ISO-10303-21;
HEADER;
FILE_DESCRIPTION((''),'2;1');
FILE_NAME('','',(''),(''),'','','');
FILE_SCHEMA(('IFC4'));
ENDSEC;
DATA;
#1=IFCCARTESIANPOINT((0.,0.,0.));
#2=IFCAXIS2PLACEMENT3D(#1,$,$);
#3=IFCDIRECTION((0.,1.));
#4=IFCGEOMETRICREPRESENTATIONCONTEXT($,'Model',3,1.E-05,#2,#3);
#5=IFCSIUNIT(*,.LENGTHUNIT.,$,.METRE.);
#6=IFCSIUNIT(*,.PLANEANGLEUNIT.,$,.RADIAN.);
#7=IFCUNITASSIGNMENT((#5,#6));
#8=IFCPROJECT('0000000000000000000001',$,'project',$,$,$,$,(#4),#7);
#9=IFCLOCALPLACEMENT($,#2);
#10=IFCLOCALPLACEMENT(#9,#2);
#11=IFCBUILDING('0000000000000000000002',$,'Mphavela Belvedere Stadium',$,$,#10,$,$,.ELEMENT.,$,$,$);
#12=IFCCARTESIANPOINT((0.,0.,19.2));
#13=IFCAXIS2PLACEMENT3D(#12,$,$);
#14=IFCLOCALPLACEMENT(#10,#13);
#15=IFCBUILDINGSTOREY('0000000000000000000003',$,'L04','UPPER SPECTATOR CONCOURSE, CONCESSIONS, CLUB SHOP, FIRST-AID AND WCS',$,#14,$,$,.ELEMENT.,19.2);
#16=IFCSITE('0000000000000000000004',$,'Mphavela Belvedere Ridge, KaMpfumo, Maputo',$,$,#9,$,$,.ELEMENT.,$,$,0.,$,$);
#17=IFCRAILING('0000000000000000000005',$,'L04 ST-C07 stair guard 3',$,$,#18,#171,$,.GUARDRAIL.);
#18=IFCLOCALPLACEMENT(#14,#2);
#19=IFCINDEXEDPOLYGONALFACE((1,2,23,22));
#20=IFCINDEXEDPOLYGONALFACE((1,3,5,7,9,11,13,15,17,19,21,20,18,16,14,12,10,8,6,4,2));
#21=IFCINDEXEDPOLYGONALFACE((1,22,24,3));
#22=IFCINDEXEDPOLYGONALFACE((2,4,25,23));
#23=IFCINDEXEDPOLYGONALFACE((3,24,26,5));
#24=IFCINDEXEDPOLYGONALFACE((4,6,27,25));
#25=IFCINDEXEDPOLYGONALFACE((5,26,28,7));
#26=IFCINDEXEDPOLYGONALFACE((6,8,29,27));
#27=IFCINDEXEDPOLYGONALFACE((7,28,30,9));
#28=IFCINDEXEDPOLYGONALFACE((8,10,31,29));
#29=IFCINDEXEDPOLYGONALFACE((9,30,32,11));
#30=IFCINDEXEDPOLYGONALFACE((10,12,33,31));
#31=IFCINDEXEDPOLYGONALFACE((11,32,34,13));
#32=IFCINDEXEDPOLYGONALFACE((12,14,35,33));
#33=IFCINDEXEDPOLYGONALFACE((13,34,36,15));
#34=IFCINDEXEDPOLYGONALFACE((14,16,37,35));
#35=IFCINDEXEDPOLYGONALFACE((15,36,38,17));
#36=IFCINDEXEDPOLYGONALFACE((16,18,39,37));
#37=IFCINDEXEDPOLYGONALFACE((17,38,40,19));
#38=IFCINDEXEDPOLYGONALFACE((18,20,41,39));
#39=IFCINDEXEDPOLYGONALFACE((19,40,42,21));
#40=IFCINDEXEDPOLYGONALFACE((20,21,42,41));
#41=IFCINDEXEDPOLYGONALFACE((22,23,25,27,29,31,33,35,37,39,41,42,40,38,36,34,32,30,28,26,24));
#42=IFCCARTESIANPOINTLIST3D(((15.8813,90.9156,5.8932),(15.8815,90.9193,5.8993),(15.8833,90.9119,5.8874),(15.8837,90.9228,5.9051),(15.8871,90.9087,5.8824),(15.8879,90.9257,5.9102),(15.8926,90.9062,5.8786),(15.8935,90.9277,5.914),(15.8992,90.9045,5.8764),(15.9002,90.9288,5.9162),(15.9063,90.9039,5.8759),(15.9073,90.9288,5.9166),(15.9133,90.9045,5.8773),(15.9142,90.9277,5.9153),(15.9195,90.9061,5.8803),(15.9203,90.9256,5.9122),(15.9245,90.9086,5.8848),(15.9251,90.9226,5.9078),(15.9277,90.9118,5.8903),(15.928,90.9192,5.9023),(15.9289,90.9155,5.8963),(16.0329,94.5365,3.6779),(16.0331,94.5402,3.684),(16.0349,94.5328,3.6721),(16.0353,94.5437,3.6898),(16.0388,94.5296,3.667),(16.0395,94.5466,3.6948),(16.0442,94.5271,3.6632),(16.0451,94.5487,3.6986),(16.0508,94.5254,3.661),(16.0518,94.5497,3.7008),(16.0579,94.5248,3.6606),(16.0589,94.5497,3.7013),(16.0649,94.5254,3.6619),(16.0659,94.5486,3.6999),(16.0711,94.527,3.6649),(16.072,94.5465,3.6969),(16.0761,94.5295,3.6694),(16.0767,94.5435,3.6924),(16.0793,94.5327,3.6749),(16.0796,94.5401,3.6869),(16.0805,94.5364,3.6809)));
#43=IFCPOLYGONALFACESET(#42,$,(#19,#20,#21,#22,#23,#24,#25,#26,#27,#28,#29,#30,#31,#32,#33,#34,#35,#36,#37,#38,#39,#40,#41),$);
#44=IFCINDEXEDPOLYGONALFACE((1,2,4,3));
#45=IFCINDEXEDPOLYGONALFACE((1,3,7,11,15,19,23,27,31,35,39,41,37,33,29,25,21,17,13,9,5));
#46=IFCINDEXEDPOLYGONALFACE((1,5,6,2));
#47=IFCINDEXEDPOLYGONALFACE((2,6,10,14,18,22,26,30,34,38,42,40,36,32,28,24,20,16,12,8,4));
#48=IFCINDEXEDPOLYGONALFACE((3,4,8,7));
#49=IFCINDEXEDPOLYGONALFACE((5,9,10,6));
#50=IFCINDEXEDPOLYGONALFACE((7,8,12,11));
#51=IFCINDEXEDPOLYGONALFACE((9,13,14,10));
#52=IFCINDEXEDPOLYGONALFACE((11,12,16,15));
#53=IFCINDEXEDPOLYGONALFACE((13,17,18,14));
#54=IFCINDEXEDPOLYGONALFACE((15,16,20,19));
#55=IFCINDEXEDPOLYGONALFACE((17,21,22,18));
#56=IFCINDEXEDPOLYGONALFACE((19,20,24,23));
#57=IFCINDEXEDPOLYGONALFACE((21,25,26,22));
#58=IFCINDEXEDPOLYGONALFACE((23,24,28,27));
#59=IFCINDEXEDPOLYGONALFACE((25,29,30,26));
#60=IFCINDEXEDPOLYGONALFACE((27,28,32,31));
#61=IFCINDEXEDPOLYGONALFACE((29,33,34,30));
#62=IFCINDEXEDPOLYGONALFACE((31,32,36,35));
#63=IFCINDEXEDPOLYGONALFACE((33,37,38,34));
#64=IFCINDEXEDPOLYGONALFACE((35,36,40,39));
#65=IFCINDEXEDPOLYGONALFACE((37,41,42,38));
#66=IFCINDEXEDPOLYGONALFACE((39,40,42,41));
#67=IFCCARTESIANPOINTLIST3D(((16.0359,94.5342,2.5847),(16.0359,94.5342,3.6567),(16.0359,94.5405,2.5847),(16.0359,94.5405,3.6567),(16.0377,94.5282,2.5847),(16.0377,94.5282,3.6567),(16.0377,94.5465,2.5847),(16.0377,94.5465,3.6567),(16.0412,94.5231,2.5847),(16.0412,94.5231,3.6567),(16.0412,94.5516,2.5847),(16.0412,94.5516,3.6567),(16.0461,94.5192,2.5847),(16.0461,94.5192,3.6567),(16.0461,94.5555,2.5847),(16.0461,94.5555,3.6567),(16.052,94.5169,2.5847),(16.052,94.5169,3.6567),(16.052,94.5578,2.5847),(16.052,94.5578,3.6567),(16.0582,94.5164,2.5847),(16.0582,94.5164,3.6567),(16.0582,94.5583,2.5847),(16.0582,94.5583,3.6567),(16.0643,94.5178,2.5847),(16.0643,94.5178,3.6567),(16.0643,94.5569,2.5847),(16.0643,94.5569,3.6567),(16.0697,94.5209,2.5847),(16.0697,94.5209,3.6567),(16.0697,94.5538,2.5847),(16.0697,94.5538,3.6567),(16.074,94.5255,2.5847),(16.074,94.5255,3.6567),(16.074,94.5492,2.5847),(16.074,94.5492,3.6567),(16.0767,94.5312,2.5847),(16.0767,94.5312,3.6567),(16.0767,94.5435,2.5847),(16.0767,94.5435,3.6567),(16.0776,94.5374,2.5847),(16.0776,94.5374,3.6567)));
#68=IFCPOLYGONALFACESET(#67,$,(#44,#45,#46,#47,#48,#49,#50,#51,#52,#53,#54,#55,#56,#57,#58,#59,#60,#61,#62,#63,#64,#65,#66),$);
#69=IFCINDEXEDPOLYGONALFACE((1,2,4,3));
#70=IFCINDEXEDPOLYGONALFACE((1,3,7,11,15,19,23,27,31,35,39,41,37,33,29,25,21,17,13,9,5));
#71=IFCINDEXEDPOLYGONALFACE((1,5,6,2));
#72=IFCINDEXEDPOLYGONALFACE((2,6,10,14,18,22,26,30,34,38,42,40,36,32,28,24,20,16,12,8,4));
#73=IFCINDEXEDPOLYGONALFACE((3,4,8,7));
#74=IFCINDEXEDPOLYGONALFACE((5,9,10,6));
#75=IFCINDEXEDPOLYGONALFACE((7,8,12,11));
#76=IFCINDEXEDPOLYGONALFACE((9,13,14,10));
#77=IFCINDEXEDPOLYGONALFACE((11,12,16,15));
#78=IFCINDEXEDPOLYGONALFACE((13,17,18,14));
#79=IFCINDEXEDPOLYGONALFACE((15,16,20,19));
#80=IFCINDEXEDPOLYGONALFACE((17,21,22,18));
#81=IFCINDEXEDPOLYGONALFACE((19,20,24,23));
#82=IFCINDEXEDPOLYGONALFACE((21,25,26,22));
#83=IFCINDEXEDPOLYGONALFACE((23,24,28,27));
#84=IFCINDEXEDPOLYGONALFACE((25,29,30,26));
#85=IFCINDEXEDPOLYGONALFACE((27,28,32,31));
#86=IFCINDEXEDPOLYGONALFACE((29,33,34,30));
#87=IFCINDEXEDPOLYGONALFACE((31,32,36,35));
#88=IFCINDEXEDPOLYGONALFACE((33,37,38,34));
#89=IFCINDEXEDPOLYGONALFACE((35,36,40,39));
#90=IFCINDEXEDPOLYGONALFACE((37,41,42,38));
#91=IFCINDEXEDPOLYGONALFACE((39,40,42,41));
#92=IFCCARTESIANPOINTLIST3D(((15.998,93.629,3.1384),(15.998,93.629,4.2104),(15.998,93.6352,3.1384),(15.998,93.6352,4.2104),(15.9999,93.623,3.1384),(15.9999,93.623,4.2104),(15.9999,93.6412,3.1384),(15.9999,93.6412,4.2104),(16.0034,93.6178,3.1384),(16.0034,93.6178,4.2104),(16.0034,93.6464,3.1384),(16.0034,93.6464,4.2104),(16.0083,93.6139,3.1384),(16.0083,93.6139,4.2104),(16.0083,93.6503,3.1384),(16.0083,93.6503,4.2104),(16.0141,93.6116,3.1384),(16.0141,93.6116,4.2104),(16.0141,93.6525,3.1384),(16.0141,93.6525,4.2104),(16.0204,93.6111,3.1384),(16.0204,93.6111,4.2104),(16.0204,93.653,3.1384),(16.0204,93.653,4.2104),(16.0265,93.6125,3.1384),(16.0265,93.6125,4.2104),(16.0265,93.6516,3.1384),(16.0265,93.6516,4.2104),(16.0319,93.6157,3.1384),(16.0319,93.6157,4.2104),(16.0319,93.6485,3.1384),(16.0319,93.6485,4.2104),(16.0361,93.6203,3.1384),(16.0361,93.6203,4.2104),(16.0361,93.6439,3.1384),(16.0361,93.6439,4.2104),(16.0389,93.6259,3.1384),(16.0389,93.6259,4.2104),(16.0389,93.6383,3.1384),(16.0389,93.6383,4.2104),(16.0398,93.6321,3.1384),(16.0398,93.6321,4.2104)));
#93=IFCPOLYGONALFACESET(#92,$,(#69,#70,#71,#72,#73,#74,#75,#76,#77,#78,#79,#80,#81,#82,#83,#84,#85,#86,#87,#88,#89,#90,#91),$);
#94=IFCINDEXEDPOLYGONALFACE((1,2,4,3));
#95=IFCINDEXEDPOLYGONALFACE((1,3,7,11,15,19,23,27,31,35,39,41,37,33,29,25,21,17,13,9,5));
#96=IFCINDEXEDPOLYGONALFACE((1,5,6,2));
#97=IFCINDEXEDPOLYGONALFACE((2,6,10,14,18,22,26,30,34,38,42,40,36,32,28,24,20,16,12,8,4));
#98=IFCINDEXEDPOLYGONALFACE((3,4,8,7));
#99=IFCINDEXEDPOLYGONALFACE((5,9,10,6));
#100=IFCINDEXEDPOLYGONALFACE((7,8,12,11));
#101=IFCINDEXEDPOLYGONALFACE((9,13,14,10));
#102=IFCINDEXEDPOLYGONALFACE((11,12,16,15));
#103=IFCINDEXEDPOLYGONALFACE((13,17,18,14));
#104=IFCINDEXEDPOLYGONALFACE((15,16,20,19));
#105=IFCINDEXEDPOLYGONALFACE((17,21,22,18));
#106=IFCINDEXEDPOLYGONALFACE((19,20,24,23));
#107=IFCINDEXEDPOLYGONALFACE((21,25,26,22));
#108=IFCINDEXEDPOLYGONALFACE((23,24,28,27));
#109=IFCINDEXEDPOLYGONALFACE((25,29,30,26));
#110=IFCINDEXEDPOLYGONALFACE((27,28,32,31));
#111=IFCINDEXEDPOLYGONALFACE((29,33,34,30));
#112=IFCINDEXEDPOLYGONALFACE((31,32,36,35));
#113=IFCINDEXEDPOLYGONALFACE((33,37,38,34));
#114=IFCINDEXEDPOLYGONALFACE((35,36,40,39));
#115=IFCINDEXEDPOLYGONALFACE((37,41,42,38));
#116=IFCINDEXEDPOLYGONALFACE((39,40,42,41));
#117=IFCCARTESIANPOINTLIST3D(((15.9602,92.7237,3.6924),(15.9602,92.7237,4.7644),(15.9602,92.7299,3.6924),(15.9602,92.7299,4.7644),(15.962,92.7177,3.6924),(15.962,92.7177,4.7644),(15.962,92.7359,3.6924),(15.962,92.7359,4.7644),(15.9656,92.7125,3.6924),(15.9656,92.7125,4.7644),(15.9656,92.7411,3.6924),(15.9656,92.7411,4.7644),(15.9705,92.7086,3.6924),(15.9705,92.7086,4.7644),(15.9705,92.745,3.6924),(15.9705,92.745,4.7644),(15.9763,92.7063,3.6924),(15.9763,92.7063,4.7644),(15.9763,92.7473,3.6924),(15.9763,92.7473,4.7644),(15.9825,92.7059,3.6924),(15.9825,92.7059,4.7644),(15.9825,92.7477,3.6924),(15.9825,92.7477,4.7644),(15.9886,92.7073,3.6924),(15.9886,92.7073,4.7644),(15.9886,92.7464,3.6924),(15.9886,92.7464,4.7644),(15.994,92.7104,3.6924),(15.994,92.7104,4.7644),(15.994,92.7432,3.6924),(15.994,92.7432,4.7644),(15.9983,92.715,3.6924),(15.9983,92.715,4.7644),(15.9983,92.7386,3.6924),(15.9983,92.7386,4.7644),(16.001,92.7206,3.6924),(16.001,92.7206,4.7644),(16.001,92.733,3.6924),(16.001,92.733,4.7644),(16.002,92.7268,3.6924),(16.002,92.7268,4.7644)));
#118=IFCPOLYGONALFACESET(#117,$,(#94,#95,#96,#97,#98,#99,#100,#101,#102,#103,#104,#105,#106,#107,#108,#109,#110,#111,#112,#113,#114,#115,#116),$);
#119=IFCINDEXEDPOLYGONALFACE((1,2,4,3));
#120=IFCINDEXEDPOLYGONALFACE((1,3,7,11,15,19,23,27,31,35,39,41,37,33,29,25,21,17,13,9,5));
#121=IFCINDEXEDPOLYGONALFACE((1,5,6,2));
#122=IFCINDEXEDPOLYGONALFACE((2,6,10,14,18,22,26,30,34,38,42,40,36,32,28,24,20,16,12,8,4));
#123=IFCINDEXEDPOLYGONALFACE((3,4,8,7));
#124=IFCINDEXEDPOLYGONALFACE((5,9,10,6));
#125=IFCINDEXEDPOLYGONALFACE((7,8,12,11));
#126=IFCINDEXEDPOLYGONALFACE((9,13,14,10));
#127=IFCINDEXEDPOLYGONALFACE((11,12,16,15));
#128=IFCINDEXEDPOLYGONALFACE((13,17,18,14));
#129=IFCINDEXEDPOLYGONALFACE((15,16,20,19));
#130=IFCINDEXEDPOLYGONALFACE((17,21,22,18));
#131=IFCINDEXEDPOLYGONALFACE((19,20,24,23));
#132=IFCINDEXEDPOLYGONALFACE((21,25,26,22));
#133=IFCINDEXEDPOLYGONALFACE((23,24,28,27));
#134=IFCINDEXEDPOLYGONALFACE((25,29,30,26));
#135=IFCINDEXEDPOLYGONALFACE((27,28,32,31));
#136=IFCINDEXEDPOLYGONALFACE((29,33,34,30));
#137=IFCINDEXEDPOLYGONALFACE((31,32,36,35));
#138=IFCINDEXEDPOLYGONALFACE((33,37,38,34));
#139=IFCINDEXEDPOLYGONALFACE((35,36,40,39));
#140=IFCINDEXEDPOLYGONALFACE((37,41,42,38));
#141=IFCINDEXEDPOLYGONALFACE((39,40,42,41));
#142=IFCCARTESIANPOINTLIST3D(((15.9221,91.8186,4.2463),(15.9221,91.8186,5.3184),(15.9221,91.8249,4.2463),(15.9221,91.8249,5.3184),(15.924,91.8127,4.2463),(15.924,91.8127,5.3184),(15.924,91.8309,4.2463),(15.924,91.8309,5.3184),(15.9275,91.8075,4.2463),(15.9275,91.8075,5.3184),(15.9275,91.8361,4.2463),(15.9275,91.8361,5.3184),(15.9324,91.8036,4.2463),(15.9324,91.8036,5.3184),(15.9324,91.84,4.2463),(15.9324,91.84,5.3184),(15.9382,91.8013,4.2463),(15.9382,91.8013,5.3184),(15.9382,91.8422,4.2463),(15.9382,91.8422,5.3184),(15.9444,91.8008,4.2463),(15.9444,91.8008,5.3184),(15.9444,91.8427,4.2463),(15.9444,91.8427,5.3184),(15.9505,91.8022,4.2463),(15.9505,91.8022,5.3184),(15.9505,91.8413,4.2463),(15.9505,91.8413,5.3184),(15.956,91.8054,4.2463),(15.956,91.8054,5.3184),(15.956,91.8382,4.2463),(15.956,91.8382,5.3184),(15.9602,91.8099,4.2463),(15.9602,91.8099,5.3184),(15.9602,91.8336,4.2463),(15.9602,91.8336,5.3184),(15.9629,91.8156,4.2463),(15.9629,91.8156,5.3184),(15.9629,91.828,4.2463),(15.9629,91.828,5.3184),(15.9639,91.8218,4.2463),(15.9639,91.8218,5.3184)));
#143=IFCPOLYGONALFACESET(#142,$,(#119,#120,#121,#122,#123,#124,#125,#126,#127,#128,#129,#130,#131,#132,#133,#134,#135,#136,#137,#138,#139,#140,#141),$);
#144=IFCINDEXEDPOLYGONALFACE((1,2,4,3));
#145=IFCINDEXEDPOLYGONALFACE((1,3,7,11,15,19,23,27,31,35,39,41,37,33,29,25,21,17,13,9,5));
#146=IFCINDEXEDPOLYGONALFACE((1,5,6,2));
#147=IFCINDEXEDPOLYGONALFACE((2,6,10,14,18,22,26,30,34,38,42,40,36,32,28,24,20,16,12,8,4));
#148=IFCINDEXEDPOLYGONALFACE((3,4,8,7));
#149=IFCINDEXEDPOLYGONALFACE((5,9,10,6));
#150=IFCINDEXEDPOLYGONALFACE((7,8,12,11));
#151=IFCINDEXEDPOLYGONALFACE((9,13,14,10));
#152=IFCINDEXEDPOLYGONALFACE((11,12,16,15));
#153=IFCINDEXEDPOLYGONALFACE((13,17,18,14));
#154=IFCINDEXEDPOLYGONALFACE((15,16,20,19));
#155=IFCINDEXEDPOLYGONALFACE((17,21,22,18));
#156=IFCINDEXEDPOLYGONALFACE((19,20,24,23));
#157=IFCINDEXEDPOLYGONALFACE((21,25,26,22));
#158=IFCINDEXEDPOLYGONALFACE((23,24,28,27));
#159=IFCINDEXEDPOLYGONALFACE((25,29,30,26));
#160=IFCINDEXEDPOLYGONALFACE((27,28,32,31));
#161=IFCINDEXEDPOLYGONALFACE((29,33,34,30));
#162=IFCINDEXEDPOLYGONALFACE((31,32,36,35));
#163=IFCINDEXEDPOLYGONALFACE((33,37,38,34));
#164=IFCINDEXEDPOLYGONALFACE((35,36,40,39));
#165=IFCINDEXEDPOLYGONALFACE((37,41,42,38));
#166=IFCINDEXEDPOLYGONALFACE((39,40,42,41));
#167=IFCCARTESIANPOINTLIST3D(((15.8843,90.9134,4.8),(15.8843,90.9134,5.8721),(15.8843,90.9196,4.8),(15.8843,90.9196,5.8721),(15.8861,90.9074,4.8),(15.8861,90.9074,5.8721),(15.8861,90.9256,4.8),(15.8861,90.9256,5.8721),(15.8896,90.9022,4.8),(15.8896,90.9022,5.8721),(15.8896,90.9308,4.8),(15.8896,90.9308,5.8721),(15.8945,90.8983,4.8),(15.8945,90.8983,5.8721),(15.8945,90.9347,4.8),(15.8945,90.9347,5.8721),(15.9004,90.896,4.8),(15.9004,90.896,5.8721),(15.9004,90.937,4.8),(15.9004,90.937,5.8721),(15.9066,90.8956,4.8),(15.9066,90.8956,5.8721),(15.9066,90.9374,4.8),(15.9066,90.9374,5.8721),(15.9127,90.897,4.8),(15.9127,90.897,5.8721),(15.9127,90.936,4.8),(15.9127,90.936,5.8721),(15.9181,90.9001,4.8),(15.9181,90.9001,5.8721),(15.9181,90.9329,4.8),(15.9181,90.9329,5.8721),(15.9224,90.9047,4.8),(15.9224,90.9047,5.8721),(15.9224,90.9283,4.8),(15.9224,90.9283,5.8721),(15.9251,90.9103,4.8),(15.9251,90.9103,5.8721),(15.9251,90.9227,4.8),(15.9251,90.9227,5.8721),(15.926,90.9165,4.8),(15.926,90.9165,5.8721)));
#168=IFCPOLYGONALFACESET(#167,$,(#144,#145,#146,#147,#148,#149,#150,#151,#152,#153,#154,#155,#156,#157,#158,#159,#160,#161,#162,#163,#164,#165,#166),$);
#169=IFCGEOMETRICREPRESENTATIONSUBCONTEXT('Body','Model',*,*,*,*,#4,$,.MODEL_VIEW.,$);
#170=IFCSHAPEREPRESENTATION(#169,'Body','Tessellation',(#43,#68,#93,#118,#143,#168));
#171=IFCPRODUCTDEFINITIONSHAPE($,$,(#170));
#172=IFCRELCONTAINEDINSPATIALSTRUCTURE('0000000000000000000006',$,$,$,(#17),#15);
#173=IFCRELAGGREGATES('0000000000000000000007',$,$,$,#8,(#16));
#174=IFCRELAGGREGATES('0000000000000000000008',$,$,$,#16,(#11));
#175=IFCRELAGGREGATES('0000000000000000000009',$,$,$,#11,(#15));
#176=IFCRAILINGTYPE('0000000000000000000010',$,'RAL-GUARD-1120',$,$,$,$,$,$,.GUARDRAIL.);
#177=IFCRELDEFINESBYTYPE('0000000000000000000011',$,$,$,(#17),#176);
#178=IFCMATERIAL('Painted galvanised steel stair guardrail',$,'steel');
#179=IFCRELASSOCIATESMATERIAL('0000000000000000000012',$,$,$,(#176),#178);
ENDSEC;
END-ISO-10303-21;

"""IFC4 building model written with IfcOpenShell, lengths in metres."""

from ifc_helpers import new_model, si_unit, direction, frame, origin, origin_2d, place, context, subcontext, project, spatial, circle, extrude, material, type_object, element, save


model = new_model("IFC4")

# Units and contexts
model_context = context("Model", 3, precision=1e-05, world=origin(), true_north=direction((0.0, 1.0)))
body_context = subcontext(model_context, "Body", "Model", "MODEL_VIEW")
ifc_project = project(units=[si_unit("LENGTHUNIT", "METRE"), si_unit("PLANEANGLEUNIT", "RADIAN")], contexts=[model_context])

# Site, building, storey
site_placement = place(None, origin())
site = spatial("IfcSite", under=ifc_project, at=site_placement, Name="Mphavela Belvedere Ridge, KaMpfumo, Maputo", CompositionType="ELEMENT", RefElevation=0.0)
building_placement = place(site_placement, origin())
building = spatial("IfcBuilding", under=site, at=building_placement, Name="Mphavela Belvedere Stadium", CompositionType="ELEMENT")
storey_placement = place(building_placement, frame((0.0, 0.0, 19.2)))
storey = spatial("IfcBuildingStorey", under=building, at=storey_placement, Name="L04", Description="UPPER SPECTATOR CONCOURSE, CONCESSIONS, CLUB SHOP, FIRST-AID AND WCS", CompositionType="ELEMENT", Elevation=19.2)

# Railing
ifc_material_1 = material(Name="Painted galvanised steel stair guardrail", Category="steel")
railing_type_1 = type_object("IfcRailingType", Name="RAL-GUARD-1120", PredefinedType="GUARDRAIL", material=ifc_material_1)
railing_1_placement = place(storey_placement, frame((16.0566, 94.5374, 2.5847)))
element("IfcRailing", 1, at=railing_1_placement, inside=storey, type_object=railing_type_1, Name="L04 ST-C07 stair guard 3", PredefinedType="GUARDRAIL", context=body_context, shape_type="SweptSolid", body=[
    extrude(circle(Radius=0.0239, at=origin_2d()), frame((0.0, 0.0, 1.0962), z_axis=(-0.035694, -0.852467, 0.521562), x_axis=(0.999125, -0.041835, 0.0)), (0.0, 0.0, 1.0), 4.2476),
    extrude(circle(Radius=0.021, at=origin_2d()), origin(), (0.0, 0.0, 1.0), 1.072),
    extrude(circle(Radius=0.021, at=origin_2d()), frame((-0.0378, -0.9053, 0.5537)), (0.0, 0.0, 1.0), 1.072),
    extrude(circle(Radius=0.021, at=origin_2d()), frame((-0.0757, -1.8105, 1.1077)), (0.0, 0.0, 1.0), 1.072),
    extrude(circle(Radius=0.021, at=origin_2d()), frame((-0.1138, -2.7156, 1.6616)), (0.0, 0.0, 1.0), 1.072),
    extrude(circle(Radius=0.021, at=origin_2d()), frame((-0.1516, -3.6208, 2.2153)), (0.0, 0.0, 1.0), 1.072),
])

save(model, "model.ifc")
